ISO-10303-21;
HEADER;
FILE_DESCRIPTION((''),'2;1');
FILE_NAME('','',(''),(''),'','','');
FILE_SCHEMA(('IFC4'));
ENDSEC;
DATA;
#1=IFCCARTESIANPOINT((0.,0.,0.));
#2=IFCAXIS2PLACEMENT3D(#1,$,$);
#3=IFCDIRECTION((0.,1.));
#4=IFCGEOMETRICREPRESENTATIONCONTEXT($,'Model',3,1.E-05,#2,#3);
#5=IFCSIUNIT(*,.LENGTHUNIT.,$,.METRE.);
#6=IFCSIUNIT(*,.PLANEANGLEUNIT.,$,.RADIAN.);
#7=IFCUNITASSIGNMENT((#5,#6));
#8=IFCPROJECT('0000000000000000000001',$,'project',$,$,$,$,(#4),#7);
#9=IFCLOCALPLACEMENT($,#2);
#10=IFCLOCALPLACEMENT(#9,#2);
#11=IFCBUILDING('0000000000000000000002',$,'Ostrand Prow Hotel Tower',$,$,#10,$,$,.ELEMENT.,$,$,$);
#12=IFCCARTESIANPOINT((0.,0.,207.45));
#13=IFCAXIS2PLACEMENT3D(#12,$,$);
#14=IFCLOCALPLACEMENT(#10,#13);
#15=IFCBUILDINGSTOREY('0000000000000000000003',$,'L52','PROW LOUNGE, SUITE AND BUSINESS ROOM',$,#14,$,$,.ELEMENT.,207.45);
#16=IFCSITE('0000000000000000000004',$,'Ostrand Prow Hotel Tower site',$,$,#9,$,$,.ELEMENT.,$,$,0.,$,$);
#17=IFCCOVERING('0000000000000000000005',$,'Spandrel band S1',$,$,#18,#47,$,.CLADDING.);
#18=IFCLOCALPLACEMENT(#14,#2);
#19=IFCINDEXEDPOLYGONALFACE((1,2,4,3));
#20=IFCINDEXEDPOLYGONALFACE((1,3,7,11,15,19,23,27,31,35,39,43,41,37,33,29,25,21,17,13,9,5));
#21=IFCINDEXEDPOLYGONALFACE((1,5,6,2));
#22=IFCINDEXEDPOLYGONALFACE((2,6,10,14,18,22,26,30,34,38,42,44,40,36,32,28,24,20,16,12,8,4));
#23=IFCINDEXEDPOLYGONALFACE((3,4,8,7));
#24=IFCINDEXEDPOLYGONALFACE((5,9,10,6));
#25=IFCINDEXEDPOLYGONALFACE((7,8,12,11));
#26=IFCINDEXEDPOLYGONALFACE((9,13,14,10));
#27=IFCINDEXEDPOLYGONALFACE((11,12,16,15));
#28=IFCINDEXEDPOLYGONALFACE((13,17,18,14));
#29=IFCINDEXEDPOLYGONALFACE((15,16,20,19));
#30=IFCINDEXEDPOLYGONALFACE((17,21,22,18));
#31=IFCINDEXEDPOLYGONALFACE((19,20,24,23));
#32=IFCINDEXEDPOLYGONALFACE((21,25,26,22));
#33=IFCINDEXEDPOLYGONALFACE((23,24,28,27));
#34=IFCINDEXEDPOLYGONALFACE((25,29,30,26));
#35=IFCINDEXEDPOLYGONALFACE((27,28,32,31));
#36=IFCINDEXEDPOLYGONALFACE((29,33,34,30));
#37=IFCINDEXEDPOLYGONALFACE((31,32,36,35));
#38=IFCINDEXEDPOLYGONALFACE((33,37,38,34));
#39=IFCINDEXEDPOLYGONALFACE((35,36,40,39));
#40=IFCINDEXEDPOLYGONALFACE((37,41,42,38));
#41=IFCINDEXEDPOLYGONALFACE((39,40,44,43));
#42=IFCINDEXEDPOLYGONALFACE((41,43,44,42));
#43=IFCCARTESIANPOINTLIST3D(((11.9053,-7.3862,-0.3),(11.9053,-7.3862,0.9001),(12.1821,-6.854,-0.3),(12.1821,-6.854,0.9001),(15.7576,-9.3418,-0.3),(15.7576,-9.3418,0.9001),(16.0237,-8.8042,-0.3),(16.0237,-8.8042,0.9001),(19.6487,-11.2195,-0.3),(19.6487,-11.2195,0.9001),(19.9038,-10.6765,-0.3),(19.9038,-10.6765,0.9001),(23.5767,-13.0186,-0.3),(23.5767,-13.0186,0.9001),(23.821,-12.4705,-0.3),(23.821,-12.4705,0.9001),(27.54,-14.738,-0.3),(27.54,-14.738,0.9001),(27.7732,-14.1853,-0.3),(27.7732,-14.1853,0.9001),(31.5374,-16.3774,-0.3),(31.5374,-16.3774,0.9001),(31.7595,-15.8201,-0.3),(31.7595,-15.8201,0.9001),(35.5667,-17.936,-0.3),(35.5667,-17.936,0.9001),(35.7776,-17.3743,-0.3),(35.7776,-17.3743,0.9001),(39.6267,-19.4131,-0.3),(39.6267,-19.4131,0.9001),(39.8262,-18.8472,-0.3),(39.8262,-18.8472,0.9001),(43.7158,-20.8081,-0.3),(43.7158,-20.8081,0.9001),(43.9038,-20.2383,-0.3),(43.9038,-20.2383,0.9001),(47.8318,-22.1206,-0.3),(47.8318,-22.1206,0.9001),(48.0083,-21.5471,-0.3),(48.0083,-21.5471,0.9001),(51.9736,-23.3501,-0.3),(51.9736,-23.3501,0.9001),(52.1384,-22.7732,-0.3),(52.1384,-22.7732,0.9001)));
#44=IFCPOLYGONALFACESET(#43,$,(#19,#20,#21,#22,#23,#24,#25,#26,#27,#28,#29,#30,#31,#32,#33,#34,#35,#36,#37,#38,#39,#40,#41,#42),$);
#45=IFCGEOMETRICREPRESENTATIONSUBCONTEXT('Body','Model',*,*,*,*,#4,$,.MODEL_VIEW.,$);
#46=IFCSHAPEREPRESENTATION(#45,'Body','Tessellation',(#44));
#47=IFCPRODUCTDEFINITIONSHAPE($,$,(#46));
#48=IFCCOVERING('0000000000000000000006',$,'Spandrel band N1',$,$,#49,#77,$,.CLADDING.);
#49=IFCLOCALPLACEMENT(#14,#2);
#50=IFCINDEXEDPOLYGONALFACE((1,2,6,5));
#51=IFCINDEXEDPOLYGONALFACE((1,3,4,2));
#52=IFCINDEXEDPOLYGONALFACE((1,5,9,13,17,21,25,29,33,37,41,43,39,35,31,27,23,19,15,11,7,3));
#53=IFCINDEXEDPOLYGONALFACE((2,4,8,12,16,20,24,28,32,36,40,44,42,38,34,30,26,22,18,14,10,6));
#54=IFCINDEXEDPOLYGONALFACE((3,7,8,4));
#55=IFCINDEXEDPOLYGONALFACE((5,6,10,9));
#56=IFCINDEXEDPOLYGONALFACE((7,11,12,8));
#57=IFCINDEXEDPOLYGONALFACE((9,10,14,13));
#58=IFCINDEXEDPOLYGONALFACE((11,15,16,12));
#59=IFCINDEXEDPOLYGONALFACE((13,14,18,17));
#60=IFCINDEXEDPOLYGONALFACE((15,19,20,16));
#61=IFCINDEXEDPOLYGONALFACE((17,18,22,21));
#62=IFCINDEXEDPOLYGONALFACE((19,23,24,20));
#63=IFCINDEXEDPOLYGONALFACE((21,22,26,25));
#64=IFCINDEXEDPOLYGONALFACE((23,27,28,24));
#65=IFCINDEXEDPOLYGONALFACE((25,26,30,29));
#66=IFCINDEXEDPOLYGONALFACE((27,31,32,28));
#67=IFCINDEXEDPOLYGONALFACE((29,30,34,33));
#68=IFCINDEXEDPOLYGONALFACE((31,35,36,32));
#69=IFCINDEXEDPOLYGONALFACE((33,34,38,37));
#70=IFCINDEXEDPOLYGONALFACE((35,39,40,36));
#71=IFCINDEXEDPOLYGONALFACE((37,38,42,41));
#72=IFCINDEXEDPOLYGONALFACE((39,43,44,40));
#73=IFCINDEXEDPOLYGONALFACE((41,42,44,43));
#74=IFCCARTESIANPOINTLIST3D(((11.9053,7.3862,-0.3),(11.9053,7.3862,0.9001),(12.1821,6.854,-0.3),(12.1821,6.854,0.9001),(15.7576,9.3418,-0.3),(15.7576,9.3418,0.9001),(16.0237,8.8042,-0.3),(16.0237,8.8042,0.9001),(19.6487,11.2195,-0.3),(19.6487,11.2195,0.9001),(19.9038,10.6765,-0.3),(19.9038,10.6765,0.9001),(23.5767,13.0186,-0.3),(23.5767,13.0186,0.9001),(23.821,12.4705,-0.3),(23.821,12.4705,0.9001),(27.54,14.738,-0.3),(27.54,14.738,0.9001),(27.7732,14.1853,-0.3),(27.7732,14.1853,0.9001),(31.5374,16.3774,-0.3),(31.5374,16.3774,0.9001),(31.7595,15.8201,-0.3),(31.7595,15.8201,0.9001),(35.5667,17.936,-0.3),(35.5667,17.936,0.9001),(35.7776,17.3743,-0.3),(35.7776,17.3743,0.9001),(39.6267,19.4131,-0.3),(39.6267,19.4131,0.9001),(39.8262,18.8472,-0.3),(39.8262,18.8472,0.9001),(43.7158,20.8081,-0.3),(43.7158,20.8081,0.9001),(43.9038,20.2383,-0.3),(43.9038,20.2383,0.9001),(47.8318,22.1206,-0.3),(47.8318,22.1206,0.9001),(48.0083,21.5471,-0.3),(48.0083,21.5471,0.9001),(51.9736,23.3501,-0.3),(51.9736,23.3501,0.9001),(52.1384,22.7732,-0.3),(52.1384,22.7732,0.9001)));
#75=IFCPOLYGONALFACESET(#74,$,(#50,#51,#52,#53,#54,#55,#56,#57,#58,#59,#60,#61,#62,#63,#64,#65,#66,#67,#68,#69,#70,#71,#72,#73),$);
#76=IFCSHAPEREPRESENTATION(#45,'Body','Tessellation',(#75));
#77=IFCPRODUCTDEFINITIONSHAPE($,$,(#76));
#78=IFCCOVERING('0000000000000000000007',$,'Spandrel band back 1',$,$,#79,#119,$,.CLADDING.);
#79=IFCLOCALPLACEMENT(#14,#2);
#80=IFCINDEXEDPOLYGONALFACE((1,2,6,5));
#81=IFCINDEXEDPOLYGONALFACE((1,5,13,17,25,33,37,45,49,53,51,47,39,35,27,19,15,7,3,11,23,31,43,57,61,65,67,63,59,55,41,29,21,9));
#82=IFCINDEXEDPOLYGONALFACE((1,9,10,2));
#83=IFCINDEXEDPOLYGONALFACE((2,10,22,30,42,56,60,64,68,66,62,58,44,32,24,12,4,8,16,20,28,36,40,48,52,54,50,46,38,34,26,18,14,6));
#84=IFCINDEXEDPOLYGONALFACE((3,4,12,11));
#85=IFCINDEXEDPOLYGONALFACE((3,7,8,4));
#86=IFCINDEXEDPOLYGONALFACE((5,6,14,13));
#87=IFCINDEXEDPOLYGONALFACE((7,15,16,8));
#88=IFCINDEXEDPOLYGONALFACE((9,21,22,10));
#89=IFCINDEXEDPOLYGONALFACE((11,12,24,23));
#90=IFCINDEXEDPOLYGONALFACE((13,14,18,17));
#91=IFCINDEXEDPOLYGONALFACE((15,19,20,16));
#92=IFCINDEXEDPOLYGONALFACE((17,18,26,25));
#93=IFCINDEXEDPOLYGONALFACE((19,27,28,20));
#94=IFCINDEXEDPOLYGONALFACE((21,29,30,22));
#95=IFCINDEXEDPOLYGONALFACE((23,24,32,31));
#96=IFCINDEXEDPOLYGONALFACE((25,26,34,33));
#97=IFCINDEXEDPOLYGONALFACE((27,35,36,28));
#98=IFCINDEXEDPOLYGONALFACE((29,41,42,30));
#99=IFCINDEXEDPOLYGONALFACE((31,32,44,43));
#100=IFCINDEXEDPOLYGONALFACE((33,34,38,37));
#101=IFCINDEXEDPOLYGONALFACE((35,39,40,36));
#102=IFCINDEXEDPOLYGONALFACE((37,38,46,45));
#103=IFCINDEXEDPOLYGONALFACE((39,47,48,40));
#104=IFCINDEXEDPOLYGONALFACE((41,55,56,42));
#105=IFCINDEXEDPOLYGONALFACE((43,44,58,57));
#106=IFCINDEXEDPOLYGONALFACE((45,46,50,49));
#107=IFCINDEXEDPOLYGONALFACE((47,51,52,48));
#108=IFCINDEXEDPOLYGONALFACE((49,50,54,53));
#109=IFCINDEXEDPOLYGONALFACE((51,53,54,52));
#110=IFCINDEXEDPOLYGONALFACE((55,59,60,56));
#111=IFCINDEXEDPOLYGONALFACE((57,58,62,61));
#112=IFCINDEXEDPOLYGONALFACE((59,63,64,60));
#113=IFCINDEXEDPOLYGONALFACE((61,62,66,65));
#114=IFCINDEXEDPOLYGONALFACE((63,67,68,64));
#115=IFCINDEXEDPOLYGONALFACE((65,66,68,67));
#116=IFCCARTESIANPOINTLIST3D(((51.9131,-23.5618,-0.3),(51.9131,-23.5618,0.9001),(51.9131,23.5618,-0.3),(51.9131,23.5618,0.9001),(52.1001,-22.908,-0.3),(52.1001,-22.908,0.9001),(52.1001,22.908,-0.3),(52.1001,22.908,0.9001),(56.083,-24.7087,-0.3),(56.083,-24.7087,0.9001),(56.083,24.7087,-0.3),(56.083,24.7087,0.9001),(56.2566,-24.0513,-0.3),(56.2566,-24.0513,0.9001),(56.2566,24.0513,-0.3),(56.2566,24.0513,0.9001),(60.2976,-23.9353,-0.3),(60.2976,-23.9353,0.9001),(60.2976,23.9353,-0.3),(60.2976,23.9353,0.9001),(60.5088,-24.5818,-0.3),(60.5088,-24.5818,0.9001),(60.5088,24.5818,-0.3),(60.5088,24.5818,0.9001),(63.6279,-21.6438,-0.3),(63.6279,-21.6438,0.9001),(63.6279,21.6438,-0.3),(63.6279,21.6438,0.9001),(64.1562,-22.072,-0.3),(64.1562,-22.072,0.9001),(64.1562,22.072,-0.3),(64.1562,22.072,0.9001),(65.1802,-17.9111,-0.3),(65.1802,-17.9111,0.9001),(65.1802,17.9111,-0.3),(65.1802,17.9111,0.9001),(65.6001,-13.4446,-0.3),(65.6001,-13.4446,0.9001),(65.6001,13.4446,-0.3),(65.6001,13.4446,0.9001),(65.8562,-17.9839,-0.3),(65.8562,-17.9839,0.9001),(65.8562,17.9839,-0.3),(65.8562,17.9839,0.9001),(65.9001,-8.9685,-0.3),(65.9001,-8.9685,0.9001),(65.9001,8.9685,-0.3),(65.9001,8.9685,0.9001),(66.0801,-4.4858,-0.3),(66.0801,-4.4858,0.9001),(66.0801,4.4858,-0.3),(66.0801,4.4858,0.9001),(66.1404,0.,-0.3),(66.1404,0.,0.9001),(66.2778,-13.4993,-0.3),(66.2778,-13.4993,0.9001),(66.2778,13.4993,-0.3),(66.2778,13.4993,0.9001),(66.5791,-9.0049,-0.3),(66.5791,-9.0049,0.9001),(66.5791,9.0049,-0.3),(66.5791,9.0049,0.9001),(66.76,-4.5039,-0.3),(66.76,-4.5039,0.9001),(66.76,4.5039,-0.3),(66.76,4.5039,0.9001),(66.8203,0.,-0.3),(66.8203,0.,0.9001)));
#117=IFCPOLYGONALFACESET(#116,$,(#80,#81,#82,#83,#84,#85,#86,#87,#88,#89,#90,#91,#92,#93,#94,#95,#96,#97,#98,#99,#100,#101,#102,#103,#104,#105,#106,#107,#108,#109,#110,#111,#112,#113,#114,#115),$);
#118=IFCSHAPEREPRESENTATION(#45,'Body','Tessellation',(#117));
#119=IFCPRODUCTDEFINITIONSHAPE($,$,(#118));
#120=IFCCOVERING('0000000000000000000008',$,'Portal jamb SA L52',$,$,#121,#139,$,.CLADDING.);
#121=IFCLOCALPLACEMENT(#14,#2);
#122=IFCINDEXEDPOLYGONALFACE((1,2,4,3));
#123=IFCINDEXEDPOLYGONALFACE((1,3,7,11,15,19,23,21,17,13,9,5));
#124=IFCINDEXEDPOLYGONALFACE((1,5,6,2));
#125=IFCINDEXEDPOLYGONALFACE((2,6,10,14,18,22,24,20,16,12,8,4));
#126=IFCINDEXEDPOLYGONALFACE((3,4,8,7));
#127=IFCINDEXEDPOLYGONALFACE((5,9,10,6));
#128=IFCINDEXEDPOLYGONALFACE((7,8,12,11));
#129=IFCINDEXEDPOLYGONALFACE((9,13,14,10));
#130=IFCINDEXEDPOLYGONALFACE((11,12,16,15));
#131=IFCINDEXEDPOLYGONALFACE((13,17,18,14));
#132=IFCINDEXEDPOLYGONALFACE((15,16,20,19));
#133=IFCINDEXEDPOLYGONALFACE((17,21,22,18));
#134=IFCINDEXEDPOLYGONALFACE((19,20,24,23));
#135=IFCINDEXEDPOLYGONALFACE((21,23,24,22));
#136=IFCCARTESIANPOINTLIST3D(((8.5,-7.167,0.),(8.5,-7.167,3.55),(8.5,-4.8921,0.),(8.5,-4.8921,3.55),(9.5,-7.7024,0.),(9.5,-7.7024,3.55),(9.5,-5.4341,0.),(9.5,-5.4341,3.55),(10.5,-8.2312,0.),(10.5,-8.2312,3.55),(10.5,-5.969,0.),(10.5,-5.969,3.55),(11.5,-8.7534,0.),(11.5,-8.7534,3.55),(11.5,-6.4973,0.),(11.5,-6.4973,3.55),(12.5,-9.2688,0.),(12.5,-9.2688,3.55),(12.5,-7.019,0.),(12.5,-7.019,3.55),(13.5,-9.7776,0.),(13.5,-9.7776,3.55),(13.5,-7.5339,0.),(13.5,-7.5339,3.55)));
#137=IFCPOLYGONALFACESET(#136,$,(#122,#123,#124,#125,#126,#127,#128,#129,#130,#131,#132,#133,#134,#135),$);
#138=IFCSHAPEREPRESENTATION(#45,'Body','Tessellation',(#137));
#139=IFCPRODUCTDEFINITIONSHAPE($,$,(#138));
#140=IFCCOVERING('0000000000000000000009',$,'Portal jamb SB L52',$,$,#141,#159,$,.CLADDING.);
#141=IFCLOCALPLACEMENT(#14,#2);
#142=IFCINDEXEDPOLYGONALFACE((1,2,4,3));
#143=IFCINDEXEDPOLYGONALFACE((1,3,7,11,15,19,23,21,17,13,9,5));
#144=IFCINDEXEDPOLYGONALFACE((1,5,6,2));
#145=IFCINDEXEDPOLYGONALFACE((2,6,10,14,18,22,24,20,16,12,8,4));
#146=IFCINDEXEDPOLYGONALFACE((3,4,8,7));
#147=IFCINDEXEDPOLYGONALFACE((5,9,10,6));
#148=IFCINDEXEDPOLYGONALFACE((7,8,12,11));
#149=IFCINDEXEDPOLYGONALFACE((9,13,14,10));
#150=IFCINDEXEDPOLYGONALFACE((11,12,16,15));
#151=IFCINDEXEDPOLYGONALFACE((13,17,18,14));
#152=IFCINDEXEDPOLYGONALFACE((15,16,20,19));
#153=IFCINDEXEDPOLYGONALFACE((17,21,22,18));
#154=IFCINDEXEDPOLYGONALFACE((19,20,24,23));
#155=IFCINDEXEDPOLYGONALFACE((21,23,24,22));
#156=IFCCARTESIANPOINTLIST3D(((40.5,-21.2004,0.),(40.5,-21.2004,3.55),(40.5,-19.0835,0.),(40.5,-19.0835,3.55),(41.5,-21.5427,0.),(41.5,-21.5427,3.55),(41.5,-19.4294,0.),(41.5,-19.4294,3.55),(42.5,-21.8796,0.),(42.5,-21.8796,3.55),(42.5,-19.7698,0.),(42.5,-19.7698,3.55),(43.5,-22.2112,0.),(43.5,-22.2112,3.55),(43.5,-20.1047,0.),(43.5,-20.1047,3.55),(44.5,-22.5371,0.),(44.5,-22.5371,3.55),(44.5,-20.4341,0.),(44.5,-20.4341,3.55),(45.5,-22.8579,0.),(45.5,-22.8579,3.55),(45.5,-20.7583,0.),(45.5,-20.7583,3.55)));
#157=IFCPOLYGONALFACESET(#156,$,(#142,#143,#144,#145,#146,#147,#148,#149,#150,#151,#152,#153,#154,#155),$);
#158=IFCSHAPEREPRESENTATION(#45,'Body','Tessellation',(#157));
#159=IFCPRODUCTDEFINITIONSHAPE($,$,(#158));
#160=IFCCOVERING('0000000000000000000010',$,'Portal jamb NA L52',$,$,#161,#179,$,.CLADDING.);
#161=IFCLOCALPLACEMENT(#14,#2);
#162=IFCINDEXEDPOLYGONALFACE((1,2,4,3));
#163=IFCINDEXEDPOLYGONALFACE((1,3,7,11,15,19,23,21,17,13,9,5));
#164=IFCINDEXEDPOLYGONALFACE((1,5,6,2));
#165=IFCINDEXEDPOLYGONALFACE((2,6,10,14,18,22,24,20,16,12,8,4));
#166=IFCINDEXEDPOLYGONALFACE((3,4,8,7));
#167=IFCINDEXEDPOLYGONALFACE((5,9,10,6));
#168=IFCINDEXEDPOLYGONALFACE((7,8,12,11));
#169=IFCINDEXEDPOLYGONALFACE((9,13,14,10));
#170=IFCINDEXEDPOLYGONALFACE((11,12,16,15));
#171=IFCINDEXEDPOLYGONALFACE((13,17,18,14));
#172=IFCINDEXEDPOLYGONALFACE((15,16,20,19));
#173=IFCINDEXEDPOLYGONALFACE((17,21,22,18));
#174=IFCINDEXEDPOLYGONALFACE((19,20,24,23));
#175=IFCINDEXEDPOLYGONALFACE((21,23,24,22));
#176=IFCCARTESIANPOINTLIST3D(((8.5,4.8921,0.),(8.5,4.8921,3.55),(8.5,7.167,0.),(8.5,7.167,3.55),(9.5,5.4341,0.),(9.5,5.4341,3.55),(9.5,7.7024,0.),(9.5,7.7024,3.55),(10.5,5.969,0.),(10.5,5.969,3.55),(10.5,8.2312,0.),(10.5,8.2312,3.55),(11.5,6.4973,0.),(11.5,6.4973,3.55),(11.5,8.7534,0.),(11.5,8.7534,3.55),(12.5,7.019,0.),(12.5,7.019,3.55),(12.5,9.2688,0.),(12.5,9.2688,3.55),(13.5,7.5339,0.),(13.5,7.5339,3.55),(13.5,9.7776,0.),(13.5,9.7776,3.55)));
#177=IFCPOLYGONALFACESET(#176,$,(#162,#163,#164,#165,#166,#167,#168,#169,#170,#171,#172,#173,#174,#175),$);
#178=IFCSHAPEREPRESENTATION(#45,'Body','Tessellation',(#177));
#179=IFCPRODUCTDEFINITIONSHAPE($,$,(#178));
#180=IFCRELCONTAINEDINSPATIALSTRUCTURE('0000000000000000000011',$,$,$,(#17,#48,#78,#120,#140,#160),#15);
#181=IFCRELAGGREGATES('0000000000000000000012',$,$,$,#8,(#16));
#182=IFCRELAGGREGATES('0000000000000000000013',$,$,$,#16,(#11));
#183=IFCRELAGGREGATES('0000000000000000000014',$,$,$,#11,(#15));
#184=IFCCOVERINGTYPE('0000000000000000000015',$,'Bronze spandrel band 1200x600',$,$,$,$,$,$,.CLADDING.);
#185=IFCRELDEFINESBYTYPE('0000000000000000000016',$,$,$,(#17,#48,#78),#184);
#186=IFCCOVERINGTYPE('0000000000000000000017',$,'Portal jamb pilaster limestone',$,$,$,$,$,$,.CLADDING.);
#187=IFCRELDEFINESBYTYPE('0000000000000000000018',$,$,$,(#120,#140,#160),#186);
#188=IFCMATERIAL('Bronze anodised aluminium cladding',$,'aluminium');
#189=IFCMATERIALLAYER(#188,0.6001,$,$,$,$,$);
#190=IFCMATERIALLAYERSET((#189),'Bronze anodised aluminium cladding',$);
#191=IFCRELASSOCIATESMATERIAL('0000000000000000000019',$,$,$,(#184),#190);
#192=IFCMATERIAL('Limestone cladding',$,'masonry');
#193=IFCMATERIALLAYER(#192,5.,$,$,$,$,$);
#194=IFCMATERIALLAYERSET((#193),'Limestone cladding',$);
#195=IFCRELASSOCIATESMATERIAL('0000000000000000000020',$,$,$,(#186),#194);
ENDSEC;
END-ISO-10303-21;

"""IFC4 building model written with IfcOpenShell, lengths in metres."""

from ifc_helpers import new_model, si_unit, direction, frame, origin, place, context, subcontext, project, spatial, polyline, outline, extrude, material, layer, layer_set, type_object, element, save


model = new_model("IFC4")

# Units and contexts
model_context = context("Model", 3, precision=1e-05, world=origin(), true_north=direction((0.0, 1.0)))
body_context = subcontext(model_context, "Body", "Model", "MODEL_VIEW")
ifc_project = project(units=[si_unit("LENGTHUNIT", "METRE"), si_unit("PLANEANGLEUNIT", "RADIAN")], contexts=[model_context])

# Site, building, storey
site_placement = place(None, origin())
site = spatial("IfcSite", under=ifc_project, at=site_placement, Name="Ostrand Prow Hotel Tower site", CompositionType="ELEMENT", RefElevation=0.0)
building_placement = place(site_placement, origin())
building = spatial("IfcBuilding", under=site, at=building_placement, Name="Ostrand Prow Hotel Tower", CompositionType="ELEMENT")
storey_placement = place(building_placement, frame((0.0, 0.0, 207.45)))
storey = spatial("IfcBuildingStorey", under=building, at=storey_placement, Name="L52", Description="PROW LOUNGE, SUITE AND BUSINESS ROOM", CompositionType="ELEMENT", Elevation=207.45)

# Coverings
ifc_material_1 = material(Name="Bronze anodised aluminium cladding", Category="aluminium")
ifc_layer_1 = layer(ifc_material_1, 0.6001)
ifc_layer_set_1 = layer_set([ifc_layer_1], Name="Bronze anodised aluminium cladding")
covering_type_1 = type_object("IfcCoveringType", Name="Bronze spandrel band 1200x600", PredefinedType="CLADDING", material=ifc_layer_set_1)
covering_1_placement = place(storey_placement, frame((0.0, 0.0, -0.3)))
element("IfcCovering", 1, at=covering_1_placement, inside=storey, type_object=covering_type_1, Name="Spandrel band S1", PredefinedType="CLADDING", context=body_context, shape_type="SweptSolid", body=[
    extrude(outline(polyline([(11.9053, -7.3862), (15.7576, -9.3418), (19.6487, -11.2195), (23.5767, -13.0186), (27.54, -14.738), (31.5374, -16.3774), (35.5667, -17.936), (39.6267, -19.4131), (43.7158, -20.8081), (47.8318, -22.1206), (51.9736, -23.3501), (52.1384, -22.7732), (48.0083, -21.5471), (43.9038, -20.2383), (39.8262, -18.8472), (35.7776, -17.3743), (31.7595, -15.8201), (27.7732, -14.1853), (23.821, -12.4705), (19.9038, -10.6765), (16.0237, -8.8042), (12.1821, -6.854), (11.9053, -7.3862)])), origin(), (0.0, 0.0, 1.0), 1.2002),
])
covering_2_placement = place(storey_placement, frame((0.0, 0.0, -0.3)))
element("IfcCovering", 2, at=covering_2_placement, inside=storey, type_object=covering_type_1, Name="Spandrel band N1", PredefinedType="CLADDING", context=body_context, shape_type="SweptSolid", body=[
    extrude(outline(polyline([(51.9736, 23.3501), (47.8318, 22.1206), (43.7158, 20.8081), (39.6267, 19.4131), (35.5667, 17.936), (31.5374, 16.3774), (27.54, 14.738), (23.5767, 13.0186), (19.6487, 11.2195), (15.7576, 9.3418), (11.9053, 7.3862), (12.1821, 6.854), (16.0237, 8.8042), (19.9038, 10.6765), (23.821, 12.4705), (27.7732, 14.1853), (31.7595, 15.8201), (35.7776, 17.3743), (39.8262, 18.8472), (43.9038, 20.2383), (48.0083, 21.5471), (52.1384, 22.7732), (51.9736, 23.3501)])), origin(), (0.0, 0.0, 1.0), 1.2002),
])
covering_3_placement = place(storey_placement, frame((0.0, 0.0, -0.3)))
element("IfcCovering", 3, at=covering_3_placement, inside=storey, type_object=covering_type_1, Name="Spandrel band back 1", PredefinedType="CLADDING", context=body_context, shape_type="SweptSolid", body=[
    extrude(outline(polyline([(51.9131, -23.5618), (56.083, -24.7087), (60.5088, -24.5818), (64.1562, -22.072), (65.8562, -17.9839), (66.2778, -13.4993), (66.5791, -9.0049), (66.76, -4.5039), (66.8203, 0.0), (66.76, 4.5039), (66.5791, 9.0049), (66.2778, 13.4993), (65.8562, 17.9839), (64.1562, 22.072), (60.5088, 24.5818), (56.083, 24.7087), (51.9131, 23.5618), (52.1001, 22.908), (56.2566, 24.0513), (60.2976, 23.9353), (63.6279, 21.6438), (65.1802, 17.9111), (65.6001, 13.4446), (65.9001, 8.9685), (66.0801, 4.4858), (66.1404, 0.0), (66.0801, -4.4858), (65.9001, -8.9685), (65.6001, -13.4446), (65.1802, -17.9111), (63.6279, -21.6438), (60.2976, -23.9353), (56.2566, -24.0513), (52.1001, -22.908), (51.9131, -23.5618)])), origin(), (0.0, 0.0, 1.0), 1.2002),
])
ifc_material_2 = material(Name="Limestone cladding", Category="masonry")
ifc_layer_2 = layer(ifc_material_2, 5.0)
ifc_layer_set_2 = layer_set([ifc_layer_2], Name="Limestone cladding")
covering_type_2 = type_object("IfcCoveringType", Name="Portal jamb pilaster limestone", PredefinedType="CLADDING", material=ifc_layer_set_2)
covering_4_placement = place(storey_placement, origin())
element("IfcCovering", 4, at=covering_4_placement, inside=storey, type_object=covering_type_2, Name="Portal jamb SA L52", PredefinedType="CLADDING", context=body_context, shape_type="SweptSolid", body=[
    extrude(outline(polyline([(8.5, -4.8921), (8.5, -7.167), (9.5, -7.7024), (10.5, -8.2312), (11.5, -8.7534), (12.5, -9.2688), (13.5, -9.7776), (13.5, -7.5339), (12.5, -7.019), (11.5, -6.4973), (10.5, -5.969), (9.5, -5.4341), (8.5, -4.8921)])), origin(), (0.0, 0.0, 1.0), 3.55),
])
covering_5_placement = place(storey_placement, origin())
element("IfcCovering", 5, at=covering_5_placement, inside=storey, type_object=covering_type_2, Name="Portal jamb SB L52", PredefinedType="CLADDING", context=body_context, shape_type="SweptSolid", body=[
    extrude(outline(polyline([(40.5, -19.0835), (40.5, -21.2004), (41.5, -21.5427), (42.5, -21.8796), (43.5, -22.2112), (44.5, -22.5371), (45.5, -22.8579), (45.5, -20.7583), (44.5, -20.4341), (43.5, -20.1047), (42.5, -19.7698), (41.5, -19.4294), (40.5, -19.0835)])), origin(), (0.0, 0.0, 1.0), 3.55),
])
covering_6_placement = place(storey_placement, origin())
element("IfcCovering", 6, at=covering_6_placement, inside=storey, type_object=covering_type_2, Name="Portal jamb NA L52", PredefinedType="CLADDING", context=body_context, shape_type="SweptSolid", body=[
    extrude(outline(polyline([(8.5, 4.8921), (9.5, 5.4341), (10.5, 5.969), (11.5, 6.4973), (12.5, 7.019), (13.5, 7.5339), (13.5, 9.7776), (12.5, 9.2688), (11.5, 8.7534), (10.5, 8.2312), (9.5, 7.7024), (8.5, 7.167), (8.5, 4.8921)])), origin(), (0.0, 0.0, 1.0), 3.55),
])

save(model, "model.ifc")
